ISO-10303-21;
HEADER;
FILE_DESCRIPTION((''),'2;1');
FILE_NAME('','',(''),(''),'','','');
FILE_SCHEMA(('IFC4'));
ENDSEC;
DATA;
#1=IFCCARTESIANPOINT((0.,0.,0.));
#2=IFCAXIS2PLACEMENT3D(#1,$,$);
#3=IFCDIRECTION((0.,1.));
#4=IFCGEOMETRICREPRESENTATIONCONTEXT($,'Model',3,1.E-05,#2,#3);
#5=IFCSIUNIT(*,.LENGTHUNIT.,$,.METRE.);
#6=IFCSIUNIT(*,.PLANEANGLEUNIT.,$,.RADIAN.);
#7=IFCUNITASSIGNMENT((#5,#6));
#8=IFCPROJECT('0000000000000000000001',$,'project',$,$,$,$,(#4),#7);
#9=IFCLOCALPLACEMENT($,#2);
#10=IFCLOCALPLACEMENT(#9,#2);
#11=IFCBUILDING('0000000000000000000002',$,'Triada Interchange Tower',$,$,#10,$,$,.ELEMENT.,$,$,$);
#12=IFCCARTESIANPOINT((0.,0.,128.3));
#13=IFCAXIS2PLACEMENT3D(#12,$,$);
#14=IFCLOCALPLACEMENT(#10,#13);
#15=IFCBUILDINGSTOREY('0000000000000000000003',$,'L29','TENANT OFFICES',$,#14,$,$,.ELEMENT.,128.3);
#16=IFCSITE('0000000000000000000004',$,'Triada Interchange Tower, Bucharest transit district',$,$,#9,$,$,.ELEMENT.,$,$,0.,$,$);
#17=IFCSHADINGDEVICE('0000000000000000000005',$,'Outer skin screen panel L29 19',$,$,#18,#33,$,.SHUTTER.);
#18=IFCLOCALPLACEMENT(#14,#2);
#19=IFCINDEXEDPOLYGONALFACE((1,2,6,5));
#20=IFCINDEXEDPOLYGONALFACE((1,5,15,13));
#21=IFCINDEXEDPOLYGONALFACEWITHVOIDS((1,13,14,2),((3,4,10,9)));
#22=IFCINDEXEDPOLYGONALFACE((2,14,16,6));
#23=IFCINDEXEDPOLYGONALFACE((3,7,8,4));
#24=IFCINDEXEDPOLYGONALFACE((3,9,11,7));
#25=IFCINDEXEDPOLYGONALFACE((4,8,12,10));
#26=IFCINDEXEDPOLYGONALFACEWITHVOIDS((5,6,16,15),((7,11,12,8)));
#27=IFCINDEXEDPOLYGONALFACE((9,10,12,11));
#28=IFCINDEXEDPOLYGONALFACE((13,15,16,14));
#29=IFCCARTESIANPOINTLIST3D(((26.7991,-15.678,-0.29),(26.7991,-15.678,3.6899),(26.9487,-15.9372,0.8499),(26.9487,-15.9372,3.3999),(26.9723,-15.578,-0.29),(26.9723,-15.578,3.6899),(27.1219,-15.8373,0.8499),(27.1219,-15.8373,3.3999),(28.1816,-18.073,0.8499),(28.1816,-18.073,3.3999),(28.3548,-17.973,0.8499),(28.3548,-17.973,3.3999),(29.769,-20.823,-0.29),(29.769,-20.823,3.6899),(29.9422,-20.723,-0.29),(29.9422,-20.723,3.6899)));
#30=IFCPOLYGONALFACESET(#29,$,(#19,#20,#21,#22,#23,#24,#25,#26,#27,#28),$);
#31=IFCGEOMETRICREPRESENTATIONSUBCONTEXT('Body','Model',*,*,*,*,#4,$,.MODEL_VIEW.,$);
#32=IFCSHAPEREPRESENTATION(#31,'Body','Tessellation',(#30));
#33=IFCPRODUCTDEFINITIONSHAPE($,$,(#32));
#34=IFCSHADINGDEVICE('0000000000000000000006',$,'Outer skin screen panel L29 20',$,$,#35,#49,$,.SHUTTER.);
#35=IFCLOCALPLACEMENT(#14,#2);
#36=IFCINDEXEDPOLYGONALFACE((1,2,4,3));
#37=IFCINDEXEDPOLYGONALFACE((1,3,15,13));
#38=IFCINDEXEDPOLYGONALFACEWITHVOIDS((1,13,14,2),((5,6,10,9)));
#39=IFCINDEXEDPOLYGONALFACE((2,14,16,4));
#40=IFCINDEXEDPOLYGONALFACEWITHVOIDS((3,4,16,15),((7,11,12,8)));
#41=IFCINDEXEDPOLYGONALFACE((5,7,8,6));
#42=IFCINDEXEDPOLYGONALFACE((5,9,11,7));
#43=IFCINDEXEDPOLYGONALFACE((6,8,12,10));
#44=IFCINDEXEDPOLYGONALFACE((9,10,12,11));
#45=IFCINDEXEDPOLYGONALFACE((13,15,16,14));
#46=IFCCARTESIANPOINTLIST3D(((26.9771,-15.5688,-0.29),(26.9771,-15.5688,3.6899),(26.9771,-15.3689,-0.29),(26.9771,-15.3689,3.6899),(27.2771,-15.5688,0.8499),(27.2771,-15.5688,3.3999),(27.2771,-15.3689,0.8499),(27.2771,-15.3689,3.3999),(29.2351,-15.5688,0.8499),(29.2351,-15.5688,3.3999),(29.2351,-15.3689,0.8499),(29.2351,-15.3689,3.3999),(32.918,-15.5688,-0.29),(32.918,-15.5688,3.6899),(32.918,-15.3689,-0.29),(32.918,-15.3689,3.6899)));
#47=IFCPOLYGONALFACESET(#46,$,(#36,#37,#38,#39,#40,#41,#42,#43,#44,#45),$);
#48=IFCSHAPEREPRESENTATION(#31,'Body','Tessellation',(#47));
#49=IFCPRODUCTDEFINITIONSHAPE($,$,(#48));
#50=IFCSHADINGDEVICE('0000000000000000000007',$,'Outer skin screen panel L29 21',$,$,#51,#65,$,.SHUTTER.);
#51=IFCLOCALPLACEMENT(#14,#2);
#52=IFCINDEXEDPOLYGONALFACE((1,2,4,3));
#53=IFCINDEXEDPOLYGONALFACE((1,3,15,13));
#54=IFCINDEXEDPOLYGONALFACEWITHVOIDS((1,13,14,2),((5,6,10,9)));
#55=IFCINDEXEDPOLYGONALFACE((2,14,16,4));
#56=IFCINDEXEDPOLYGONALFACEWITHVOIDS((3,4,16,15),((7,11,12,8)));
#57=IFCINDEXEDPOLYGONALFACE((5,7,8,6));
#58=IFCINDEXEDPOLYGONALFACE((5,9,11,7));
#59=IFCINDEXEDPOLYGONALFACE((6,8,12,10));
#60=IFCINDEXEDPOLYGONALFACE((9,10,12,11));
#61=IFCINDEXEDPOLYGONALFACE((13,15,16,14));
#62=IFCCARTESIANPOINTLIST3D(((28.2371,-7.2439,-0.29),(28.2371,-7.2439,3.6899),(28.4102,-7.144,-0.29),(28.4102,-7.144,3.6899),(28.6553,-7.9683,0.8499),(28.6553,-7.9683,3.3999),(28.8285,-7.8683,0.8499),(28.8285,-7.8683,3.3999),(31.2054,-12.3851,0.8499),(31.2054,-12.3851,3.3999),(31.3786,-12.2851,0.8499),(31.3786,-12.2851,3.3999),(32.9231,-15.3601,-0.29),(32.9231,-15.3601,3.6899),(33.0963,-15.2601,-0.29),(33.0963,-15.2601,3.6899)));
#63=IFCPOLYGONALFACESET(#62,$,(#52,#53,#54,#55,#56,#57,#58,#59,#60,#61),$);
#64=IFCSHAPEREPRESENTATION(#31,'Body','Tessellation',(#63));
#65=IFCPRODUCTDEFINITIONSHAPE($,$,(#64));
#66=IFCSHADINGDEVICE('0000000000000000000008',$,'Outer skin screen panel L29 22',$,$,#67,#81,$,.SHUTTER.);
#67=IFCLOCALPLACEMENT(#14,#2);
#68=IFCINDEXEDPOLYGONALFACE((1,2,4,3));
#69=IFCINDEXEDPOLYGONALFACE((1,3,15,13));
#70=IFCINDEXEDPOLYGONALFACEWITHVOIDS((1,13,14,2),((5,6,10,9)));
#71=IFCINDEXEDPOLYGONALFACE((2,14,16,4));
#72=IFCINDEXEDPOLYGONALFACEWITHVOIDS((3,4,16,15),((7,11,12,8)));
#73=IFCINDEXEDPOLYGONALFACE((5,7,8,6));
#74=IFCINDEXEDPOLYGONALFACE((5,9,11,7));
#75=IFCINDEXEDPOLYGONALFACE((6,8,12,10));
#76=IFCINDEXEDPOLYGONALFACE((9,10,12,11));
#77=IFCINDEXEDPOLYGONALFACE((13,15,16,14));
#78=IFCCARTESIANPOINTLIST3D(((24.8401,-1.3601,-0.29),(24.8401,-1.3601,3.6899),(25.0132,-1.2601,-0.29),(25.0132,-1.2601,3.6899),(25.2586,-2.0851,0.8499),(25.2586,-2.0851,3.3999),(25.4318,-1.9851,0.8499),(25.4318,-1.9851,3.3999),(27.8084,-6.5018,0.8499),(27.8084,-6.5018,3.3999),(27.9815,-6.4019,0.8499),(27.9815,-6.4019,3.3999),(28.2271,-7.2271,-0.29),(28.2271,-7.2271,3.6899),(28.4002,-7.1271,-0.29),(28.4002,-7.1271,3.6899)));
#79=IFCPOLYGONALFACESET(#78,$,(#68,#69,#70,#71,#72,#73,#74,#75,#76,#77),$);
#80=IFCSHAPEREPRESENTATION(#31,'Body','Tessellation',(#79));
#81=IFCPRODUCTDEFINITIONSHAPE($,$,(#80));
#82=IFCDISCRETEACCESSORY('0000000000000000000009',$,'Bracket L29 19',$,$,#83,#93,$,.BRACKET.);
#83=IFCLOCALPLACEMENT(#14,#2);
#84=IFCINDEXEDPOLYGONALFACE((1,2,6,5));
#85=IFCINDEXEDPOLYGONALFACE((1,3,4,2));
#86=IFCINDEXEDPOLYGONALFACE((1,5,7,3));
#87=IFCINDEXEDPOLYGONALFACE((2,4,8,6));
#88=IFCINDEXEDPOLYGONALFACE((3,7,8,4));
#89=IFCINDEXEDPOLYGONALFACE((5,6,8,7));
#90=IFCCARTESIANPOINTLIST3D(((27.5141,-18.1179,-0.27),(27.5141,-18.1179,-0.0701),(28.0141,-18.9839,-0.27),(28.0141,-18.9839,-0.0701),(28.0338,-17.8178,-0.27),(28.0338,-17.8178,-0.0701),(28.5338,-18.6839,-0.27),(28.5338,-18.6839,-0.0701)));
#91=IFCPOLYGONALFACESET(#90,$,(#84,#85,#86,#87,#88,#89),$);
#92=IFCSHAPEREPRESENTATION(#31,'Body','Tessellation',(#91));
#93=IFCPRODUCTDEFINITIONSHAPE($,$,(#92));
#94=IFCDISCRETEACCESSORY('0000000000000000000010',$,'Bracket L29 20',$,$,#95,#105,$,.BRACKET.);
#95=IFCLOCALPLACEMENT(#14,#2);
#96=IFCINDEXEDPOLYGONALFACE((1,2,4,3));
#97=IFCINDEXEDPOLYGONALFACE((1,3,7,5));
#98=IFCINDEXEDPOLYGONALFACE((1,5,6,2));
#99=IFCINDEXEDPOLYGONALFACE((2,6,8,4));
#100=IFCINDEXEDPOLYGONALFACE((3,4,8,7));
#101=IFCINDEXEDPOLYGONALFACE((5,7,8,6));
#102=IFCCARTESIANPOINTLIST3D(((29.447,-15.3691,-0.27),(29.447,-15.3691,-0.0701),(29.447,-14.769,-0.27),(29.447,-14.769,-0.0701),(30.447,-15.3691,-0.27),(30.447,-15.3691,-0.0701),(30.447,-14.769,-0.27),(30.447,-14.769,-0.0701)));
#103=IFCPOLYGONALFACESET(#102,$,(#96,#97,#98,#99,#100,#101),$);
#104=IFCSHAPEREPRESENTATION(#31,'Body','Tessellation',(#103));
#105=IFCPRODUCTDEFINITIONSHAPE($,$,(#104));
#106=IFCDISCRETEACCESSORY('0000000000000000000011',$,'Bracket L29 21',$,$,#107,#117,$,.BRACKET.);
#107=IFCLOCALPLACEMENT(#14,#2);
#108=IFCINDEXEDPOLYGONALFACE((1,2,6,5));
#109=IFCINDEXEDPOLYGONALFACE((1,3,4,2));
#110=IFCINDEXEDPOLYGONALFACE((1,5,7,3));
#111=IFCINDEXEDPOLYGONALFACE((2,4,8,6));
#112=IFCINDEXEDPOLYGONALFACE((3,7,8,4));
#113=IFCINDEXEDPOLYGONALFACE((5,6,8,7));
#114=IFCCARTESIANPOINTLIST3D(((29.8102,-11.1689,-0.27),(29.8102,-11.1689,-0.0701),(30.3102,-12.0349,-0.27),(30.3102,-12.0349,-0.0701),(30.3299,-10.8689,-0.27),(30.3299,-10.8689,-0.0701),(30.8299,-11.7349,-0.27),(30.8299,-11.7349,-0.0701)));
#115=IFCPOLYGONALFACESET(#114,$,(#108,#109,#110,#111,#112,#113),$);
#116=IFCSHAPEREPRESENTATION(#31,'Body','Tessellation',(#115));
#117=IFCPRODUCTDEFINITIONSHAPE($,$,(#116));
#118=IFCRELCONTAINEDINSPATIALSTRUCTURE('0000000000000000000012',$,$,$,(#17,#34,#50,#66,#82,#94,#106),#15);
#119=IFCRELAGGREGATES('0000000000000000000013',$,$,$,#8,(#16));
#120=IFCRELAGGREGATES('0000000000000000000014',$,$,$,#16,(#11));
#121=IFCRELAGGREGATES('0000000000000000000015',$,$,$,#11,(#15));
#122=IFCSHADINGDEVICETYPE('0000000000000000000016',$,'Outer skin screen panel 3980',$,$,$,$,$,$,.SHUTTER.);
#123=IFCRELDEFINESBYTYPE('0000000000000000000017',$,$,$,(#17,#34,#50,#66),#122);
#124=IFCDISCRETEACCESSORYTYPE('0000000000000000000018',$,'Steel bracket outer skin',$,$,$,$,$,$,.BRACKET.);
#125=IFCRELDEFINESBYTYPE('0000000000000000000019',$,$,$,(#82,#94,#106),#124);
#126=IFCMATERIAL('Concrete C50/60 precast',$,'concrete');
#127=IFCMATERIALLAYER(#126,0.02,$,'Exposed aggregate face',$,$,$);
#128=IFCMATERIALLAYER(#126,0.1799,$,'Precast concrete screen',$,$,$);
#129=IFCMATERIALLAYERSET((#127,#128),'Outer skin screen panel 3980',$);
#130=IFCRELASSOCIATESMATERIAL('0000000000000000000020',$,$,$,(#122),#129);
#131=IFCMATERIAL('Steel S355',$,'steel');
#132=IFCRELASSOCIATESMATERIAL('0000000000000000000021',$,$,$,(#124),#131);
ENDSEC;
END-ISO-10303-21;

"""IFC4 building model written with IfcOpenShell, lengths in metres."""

from ifc_helpers import new_model, si_unit, direction, frame, origin, origin_2d, place, context, subcontext, project, spatial, polyline, rectangle, outline, extrude, material, layer, layer_set, type_object, element, save


model = new_model("IFC4")

# Units and contexts
model_context = context("Model", 3, precision=1e-05, world=origin(), true_north=direction((0.0, 1.0)))
body_context = subcontext(model_context, "Body", "Model", "MODEL_VIEW")
ifc_project = project(units=[si_unit("LENGTHUNIT", "METRE"), si_unit("PLANEANGLEUNIT", "RADIAN")], contexts=[model_context])

# Site, building, storey
site_placement = place(None, origin())
site = spatial("IfcSite", under=ifc_project, at=site_placement, Name="Triada Interchange Tower, Bucharest transit district", CompositionType="ELEMENT", RefElevation=0.0)
building_placement = place(site_placement, origin())
building = spatial("IfcBuilding", under=site, at=building_placement, Name="Triada Interchange Tower", CompositionType="ELEMENT")
storey_placement = place(building_placement, frame((0.0, 0.0, 128.3)))
storey = spatial("IfcBuildingStorey", under=building, at=storey_placement, Name="L29", Description="TENANT OFFICES", CompositionType="ELEMENT", Elevation=128.3)

# Shading devices
ifc_material_1 = material(Name="Concrete C50/60 precast", Category="concrete")
ifc_layer_1 = layer(ifc_material_1, 0.02, Name="Exposed aggregate face")
ifc_layer_2 = layer(ifc_material_1, 0.1799, Name="Precast concrete screen")
ifc_layer_set_1 = layer_set([ifc_layer_1, ifc_layer_2], Name="Outer skin screen panel 3980")
shading_device_type = type_object("IfcShadingDeviceType", Name="Outer skin screen panel 3980", PredefinedType="SHUTTER", material=ifc_layer_set_1)
shading_device_1_placement = place(storey_placement, frame((29.769, -20.823, -0.29), z_axis=(0.0, 0.0, 1.0), x_axis=(-0.499936, 0.866062, 0.0)))
element("IfcShadingDevice", 1, at=shading_device_1_placement, inside=storey, type_object=shading_device_type, Name="Outer skin screen panel L29 19", PredefinedType="SHUTTER", context=body_context, shape_type="SweptSolid", body=[
    extrude(outline(polyline([(0.0, 0.0), (5.9407, 0.0), (5.9407, 3.98), (0.0, 3.98), (0.0, 0.0)]), holes=[polyline([(3.1753, 1.1399), (3.1753, 3.6899), (5.6414, 3.6899), (5.6414, 1.1399), (3.1753, 1.1399)])]), frame((0.0, 0.0, 0.0), z_axis=(0.0, -1.0, 0.0), x_axis=(1.0, 0.0, 0.0)), (0.0, 0.0, 1.0), 0.2),
])
shading_device_2_placement = place(storey_placement, frame((26.9771, -15.3689, -0.29), z_axis=(0.0, 0.0, 1.0), x_axis=(1.0, 0.0, 0.0)))
element("IfcShadingDevice", 2, at=shading_device_2_placement, inside=storey, type_object=shading_device_type, Name="Outer skin screen panel L29 20", PredefinedType="SHUTTER", context=body_context, shape_type="SweptSolid", body=[
    extrude(outline(polyline([(0.0, 0.0), (5.9409, 0.0), (5.9409, 3.98), (0.0, 3.98), (0.0, 0.0)]), holes=[polyline([(0.3, 1.1399), (0.3, 3.6899), (2.2581, 3.6899), (2.2581, 1.1399), (0.3, 1.1399)])]), frame((0.0, 0.0, 0.0), z_axis=(0.0, -1.0, 0.0), x_axis=(1.0, 0.0, 0.0)), (0.0, 0.0, 1.0), 0.2),
])
shading_device_3_placement = place(storey_placement, frame((32.9231, -15.3601, -0.29), z_axis=(0.0, 0.0, 1.0), x_axis=(-0.500011, 0.866019, 0.0)))
element("IfcShadingDevice", 3, at=shading_device_3_placement, inside=storey, type_object=shading_device_type, Name="Outer skin screen panel L29 21", PredefinedType="SHUTTER", context=body_context, shape_type="SweptSolid", body=[
    extrude(outline(polyline([(0.0, 0.0), (9.3718, 0.0), (9.3718, 3.98), (0.0, 3.98), (0.0, 0.0)]), holes=[polyline([(3.4353, 1.1399), (3.4353, 3.6899), (8.5354, 3.6899), (8.5354, 1.1399), (3.4353, 1.1399)])]), frame((0.0, 0.0, 0.0), z_axis=(0.0, -1.0, 0.0), x_axis=(1.0, 0.0, 0.0)), (0.0, 0.0, 1.0), 0.2),
])
shading_device_4_placement = place(storey_placement, frame((28.2271, -7.2271, -0.29), z_axis=(0.0, 0.0, 1.0), x_axis=(-0.499965, 0.866046, 0.0)))
element("IfcShadingDevice", 4, at=shading_device_4_placement, inside=storey, type_object=shading_device_type, Name="Outer skin screen panel L29 22", PredefinedType="SHUTTER", context=body_context, shape_type="SweptSolid", body=[
    extrude(outline(polyline([(0.0, 0.0), (6.7744, 0.0), (6.7744, 3.98), (0.0, 3.98), (0.0, 0.0)]), holes=[polyline([(0.8374, 1.1399), (0.8374, 3.6899), (5.9373, 3.6899), (5.9373, 1.1399), (0.8374, 1.1399)])]), frame((0.0, 0.0, 0.0), z_axis=(0.0, -1.0, 0.0), x_axis=(1.0, 0.0, 0.0)), (0.0, 0.0, 1.0), 0.2),
])

# Discrete accessories
ifc_material_2 = material(Name="Steel S355", Category="steel")
discrete_accessory_type = type_object("IfcDiscreteAccessoryType", Name="Steel bracket outer skin", PredefinedType="BRACKET", material=ifc_material_2)
for number, where, z_axis, x_axis, name in (
    (5, (28.0239, -18.4009, -0.27), (0.0, 0.0, 1.0), (0.86603, 0.499992, 0.0), "Bracket L29 19"),
    (6, (29.947, -15.0691, -0.27), (0.0, 0.0, 1.0), (0.0, -1.0, 0.0), "Bracket L29 20"),
    (7, (30.3201, -11.4519, -0.27), (0.0, 0.0, 1.0), (0.866023, 0.500004, 0.0), "Bracket L29 21"),
):
    element("IfcDiscreteAccessory", number, at=place(storey_placement, frame(where, z_axis=z_axis, x_axis=x_axis)), inside=storey, type_object=discrete_accessory_type, Name=name, PredefinedType="BRACKET", context=body_context, shape_type="SweptSolid", body=[
        extrude(rectangle(XDim=0.6001, YDim=1.0, at=origin_2d()), origin(), (0.0, 0.0, 1.0), 0.2),
    ])

save(model, "model.ifc")
